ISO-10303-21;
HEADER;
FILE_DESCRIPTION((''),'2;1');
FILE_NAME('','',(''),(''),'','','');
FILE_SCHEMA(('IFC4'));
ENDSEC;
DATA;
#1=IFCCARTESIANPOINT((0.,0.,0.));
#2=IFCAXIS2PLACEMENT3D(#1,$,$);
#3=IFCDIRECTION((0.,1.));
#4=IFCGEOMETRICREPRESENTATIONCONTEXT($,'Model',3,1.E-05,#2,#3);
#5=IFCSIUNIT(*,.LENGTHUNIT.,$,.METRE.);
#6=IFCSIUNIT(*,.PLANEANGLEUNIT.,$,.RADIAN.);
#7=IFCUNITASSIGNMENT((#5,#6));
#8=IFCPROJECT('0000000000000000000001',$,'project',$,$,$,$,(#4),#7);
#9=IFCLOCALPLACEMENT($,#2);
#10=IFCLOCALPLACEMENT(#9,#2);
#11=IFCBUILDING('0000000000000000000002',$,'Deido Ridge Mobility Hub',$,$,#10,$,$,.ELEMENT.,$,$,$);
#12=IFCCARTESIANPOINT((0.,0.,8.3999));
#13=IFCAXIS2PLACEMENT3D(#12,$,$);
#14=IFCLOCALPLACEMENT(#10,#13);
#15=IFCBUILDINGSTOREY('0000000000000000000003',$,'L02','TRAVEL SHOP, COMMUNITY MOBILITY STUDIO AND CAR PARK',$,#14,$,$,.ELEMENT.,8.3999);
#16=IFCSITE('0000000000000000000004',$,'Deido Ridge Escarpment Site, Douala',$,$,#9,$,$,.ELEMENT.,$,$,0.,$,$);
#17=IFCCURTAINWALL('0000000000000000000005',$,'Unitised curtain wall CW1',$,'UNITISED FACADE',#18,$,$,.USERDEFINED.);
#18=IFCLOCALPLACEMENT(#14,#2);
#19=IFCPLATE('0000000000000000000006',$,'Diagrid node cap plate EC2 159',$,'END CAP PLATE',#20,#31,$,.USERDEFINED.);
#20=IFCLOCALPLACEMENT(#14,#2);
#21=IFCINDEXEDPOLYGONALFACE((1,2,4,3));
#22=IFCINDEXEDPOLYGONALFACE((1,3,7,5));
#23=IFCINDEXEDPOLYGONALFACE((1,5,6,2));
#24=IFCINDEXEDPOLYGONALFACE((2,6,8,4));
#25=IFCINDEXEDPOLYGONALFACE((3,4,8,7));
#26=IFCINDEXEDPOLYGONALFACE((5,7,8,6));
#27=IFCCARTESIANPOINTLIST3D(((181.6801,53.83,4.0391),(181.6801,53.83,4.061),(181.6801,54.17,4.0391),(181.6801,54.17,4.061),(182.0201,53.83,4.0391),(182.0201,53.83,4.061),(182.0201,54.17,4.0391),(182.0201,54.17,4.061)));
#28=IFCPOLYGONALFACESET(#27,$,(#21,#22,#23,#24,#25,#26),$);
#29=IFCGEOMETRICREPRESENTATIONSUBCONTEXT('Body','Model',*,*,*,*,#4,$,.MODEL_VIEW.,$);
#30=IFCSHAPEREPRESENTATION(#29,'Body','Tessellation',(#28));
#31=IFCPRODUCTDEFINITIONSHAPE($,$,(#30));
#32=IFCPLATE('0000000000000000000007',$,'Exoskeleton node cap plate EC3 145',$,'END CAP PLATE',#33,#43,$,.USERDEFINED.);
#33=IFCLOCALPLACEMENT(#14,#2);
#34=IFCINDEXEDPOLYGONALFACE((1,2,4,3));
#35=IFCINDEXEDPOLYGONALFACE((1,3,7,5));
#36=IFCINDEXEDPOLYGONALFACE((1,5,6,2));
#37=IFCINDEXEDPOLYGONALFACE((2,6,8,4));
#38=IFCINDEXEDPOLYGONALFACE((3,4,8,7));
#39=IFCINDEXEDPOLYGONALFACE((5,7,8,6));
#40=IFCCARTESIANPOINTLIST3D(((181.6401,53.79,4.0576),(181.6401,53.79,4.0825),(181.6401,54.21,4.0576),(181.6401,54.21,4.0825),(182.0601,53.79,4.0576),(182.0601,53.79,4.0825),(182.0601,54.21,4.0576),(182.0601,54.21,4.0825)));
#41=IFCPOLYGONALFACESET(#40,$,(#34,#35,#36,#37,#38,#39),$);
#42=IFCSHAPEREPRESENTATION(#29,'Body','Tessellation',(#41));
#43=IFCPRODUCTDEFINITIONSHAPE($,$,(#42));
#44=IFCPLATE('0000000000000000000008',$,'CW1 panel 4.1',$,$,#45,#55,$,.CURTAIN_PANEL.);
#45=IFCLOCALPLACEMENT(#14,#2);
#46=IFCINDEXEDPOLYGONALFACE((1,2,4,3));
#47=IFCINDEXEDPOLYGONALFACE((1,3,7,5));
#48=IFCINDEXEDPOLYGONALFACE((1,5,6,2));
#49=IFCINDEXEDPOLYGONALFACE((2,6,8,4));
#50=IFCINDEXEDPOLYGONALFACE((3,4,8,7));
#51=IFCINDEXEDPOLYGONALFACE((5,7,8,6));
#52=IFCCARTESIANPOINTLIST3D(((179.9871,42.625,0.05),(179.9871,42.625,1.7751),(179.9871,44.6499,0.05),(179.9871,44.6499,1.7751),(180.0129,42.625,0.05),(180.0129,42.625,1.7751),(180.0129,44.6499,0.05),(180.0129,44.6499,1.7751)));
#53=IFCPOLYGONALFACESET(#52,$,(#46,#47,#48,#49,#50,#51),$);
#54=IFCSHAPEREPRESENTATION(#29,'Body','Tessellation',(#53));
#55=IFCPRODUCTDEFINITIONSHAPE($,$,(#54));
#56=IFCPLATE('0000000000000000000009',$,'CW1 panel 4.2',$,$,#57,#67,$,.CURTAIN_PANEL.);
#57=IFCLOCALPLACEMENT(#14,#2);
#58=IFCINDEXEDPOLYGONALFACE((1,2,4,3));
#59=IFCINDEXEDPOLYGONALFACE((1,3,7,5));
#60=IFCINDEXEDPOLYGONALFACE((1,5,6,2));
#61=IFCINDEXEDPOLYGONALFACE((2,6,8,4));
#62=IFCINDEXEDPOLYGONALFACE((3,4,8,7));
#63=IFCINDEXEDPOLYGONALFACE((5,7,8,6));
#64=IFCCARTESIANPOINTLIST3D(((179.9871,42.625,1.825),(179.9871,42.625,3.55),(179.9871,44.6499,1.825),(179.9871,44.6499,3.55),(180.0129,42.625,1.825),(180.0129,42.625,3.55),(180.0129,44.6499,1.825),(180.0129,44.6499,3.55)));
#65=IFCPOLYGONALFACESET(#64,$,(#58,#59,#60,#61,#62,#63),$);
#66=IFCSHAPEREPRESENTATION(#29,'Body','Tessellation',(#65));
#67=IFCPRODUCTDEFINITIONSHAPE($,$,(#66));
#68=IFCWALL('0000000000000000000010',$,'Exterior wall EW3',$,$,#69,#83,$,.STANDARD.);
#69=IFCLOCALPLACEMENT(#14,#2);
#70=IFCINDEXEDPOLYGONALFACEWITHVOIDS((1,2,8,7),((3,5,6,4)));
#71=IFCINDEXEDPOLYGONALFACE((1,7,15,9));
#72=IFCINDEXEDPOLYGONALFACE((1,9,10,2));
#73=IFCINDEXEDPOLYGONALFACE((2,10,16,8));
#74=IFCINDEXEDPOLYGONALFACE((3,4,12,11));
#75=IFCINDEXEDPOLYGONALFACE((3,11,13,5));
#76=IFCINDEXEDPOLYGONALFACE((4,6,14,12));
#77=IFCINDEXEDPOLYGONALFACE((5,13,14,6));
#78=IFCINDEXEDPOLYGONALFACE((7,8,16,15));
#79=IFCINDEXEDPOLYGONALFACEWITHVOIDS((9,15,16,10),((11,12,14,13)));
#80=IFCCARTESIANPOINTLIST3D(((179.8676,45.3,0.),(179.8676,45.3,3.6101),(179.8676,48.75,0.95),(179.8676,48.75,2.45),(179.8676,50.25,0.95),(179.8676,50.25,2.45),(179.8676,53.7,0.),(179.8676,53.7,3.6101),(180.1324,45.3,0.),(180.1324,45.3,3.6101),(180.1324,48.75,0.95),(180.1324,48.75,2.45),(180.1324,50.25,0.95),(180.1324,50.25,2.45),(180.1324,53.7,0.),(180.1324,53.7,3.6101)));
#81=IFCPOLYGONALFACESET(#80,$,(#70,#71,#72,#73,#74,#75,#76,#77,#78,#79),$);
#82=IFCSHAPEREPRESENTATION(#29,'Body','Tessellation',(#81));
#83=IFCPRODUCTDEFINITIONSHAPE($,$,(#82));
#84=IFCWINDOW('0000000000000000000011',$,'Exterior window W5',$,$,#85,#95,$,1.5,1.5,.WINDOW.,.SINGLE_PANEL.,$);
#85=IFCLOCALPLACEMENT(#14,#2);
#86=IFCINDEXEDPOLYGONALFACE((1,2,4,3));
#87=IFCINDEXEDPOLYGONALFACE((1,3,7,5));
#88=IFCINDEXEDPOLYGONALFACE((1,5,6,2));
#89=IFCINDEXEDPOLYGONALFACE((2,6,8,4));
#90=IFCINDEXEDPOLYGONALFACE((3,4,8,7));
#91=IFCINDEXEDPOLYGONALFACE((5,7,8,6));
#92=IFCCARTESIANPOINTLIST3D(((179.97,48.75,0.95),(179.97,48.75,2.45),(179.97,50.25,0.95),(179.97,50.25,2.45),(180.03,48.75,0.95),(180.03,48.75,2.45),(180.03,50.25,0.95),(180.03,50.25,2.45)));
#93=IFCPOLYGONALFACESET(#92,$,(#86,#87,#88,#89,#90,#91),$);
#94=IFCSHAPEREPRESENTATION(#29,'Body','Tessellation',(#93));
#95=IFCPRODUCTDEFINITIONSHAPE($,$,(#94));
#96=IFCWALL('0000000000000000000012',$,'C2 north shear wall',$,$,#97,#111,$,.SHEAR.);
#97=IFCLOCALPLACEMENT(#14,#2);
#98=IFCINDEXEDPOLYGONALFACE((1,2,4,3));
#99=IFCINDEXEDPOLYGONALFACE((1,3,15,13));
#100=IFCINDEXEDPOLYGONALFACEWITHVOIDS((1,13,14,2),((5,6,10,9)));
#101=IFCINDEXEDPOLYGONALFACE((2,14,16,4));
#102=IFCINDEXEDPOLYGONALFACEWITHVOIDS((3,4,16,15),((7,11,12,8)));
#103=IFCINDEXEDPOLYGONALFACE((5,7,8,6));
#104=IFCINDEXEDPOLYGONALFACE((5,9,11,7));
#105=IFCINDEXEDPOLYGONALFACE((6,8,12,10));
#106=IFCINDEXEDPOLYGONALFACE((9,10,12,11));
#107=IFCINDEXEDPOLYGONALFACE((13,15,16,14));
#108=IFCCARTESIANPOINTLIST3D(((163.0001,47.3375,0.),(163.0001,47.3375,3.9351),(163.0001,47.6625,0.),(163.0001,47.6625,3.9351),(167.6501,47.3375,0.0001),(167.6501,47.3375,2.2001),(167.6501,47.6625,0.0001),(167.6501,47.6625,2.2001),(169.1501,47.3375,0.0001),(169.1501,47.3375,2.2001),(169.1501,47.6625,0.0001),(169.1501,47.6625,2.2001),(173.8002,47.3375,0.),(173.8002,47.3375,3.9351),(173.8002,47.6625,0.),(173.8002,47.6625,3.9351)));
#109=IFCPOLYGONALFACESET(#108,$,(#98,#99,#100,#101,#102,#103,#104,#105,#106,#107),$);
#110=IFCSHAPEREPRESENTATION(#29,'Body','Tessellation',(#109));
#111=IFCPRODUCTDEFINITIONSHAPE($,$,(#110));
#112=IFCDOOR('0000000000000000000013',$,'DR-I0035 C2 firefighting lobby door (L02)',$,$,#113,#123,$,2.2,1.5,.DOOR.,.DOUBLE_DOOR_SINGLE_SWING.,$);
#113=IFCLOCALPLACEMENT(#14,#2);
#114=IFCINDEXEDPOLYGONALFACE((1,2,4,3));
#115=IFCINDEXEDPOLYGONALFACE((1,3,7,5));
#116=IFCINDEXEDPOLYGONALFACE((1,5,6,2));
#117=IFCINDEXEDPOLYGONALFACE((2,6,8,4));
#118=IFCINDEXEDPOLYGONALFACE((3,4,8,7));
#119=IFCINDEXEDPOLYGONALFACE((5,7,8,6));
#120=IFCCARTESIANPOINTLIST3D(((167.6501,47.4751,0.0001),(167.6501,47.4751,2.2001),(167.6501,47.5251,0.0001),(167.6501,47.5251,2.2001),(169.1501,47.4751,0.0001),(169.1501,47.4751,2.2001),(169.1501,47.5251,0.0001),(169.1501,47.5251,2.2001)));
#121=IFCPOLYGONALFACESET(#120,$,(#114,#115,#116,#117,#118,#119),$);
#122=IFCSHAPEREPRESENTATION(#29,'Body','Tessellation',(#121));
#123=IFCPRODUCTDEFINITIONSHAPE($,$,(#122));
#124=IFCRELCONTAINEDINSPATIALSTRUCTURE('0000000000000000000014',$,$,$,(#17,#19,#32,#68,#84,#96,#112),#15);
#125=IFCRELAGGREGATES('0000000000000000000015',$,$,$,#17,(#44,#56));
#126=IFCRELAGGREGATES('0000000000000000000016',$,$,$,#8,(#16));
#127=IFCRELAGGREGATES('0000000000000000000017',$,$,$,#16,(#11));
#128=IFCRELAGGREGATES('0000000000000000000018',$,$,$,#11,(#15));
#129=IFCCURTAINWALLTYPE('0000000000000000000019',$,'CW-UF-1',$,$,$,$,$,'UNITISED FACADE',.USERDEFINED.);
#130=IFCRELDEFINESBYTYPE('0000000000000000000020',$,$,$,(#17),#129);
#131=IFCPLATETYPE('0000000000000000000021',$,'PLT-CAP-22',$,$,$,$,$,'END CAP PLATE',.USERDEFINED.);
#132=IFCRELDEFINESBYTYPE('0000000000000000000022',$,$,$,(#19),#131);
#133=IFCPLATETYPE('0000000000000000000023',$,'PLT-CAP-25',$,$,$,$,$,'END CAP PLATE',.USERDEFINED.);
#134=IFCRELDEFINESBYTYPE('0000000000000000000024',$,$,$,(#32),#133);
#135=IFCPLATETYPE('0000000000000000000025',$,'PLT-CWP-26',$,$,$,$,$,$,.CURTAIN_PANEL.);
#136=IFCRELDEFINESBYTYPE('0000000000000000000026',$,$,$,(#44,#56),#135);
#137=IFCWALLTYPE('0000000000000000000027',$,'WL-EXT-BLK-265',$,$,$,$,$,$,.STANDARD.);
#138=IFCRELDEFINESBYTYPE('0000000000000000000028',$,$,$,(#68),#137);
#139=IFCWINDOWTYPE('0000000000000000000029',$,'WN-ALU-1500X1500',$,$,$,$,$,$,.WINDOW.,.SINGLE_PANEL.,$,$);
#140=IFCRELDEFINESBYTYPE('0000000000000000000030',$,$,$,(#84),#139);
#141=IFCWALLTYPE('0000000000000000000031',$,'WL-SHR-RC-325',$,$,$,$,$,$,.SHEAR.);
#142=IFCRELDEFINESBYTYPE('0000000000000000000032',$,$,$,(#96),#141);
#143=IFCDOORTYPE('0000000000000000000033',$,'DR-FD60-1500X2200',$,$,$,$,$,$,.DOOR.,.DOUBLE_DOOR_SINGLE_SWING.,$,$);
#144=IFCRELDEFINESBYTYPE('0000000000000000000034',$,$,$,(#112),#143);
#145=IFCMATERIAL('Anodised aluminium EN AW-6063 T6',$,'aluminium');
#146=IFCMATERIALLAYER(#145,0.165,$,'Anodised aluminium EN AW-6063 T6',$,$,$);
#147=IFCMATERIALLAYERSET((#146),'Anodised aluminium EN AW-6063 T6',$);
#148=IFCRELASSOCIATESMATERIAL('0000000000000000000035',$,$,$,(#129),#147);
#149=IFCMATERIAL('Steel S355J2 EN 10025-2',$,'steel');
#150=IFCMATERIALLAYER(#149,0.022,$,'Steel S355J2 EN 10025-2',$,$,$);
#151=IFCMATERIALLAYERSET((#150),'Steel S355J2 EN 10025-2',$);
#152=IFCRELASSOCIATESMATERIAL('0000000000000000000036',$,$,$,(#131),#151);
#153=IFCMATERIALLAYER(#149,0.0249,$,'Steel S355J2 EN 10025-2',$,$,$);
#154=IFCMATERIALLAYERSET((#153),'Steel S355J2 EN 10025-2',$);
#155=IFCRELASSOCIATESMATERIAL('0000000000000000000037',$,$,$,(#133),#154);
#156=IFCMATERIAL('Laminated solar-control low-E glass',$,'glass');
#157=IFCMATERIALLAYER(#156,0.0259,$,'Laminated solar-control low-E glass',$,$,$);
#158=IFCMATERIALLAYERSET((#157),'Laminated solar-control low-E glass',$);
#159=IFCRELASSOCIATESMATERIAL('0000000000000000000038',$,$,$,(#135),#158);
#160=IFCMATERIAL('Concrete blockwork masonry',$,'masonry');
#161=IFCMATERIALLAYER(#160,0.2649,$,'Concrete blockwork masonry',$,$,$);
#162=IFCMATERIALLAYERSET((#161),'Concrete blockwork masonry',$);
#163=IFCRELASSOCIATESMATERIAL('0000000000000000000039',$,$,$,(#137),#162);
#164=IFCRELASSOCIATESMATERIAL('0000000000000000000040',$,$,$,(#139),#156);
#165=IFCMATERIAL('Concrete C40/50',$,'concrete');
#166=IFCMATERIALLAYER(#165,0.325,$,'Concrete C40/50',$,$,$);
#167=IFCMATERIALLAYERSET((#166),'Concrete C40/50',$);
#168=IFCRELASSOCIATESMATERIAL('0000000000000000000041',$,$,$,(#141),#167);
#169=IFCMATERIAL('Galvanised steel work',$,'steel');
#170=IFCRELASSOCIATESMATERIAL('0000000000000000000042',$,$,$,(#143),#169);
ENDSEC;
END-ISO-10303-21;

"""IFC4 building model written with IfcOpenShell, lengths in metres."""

from ifc_helpers import new_model, si_unit, direction, frame, frame_2d, origin, origin_2d, place, context, subcontext, project, spatial, rectangle, extrude, material, layer, layer_set, type_object, element, fill, aggregate, save


model = new_model("IFC4")

# Units and contexts
model_context = context("Model", 3, precision=1e-05, world=origin(), true_north=direction((0.0, 1.0)))
body_context = subcontext(model_context, "Body", "Model", "MODEL_VIEW")
ifc_project = project(units=[si_unit("LENGTHUNIT", "METRE"), si_unit("PLANEANGLEUNIT", "RADIAN")], contexts=[model_context])

# Site, building, storey
site_placement = place(None, origin())
site = spatial("IfcSite", under=ifc_project, at=site_placement, Name="Deido Ridge Escarpment Site, Douala", CompositionType="ELEMENT", RefElevation=0.0)
building_placement = place(site_placement, origin())
building = spatial("IfcBuilding", under=site, at=building_placement, Name="Deido Ridge Mobility Hub", CompositionType="ELEMENT")
storey_placement = place(building_placement, frame((0.0, 0.0, 8.3999)))
storey = spatial("IfcBuildingStorey", under=building, at=storey_placement, Name="L02", Description="TRAVEL SHOP, COMMUNITY MOBILITY STUDIO AND CAR PARK", CompositionType="ELEMENT", Elevation=8.3999)

# Shared definitions
ifc_material_1 = material(Name="Steel S355J2 EN 10025-2", Category="steel")

# Curtain wall
ifc_material_2 = material(Name="Anodised aluminium EN AW-6063 T6", Category="aluminium")
ifc_layer_1 = layer(ifc_material_2, 0.165, Name="Anodised aluminium EN AW-6063 T6")
ifc_layer_set_1 = layer_set([ifc_layer_1], Name="Anodised aluminium EN AW-6063 T6")
curtain_wall_type = type_object("IfcCurtainWallType", Name="CW-UF-1", ElementType="UNITISED FACADE", PredefinedType="USERDEFINED", material=ifc_layer_set_1)
curtain_wall_placement = place(storey_placement, origin())
curtain_wall = element("IfcCurtainWall", 1, at=curtain_wall_placement, inside=storey, type_object=curtain_wall_type, Name="Unitised curtain wall CW1", ObjectType="UNITISED FACADE", PredefinedType="USERDEFINED")

# Plates
ifc_layer_2 = layer(ifc_material_1, 0.022, Name="Steel S355J2 EN 10025-2")
ifc_layer_set_2 = layer_set([ifc_layer_2], Name="Steel S355J2 EN 10025-2")
plate_type_1 = type_object("IfcPlateType", Name="PLT-CAP-22", ElementType="END CAP PLATE", PredefinedType="USERDEFINED", material=ifc_layer_set_2)
plate_1_placement = place(storey_placement, frame((181.8501, 54.0, 4.0391), z_axis=(0.0, 0.0, 1.0), x_axis=(1.0, 0.0, 0.0)))
element("IfcPlate", 2, at=plate_1_placement, inside=storey, type_object=plate_type_1, Name="Diagrid node cap plate EC2 159", ObjectType="END CAP PLATE", PredefinedType="USERDEFINED", context=body_context, shape_type="SweptSolid", body=[
    extrude(rectangle(XDim=0.3401, YDim=0.3401, at=origin_2d()), origin(), (0.0, 0.0, 1.0), 0.022),
])
ifc_layer_3 = layer(ifc_material_1, 0.0249, Name="Steel S355J2 EN 10025-2")
ifc_layer_set_3 = layer_set([ifc_layer_3], Name="Steel S355J2 EN 10025-2")
plate_type_2 = type_object("IfcPlateType", Name="PLT-CAP-25", ElementType="END CAP PLATE", PredefinedType="USERDEFINED", material=ifc_layer_set_3)
plate_2_placement = place(storey_placement, frame((181.8501, 54.0, 4.0576), z_axis=(0.0, 0.0, 1.0), x_axis=(1.0, 0.0, 0.0)))
element("IfcPlate", 3, at=plate_2_placement, inside=storey, type_object=plate_type_2, Name="Exoskeleton node cap plate EC3 145", ObjectType="END CAP PLATE", PredefinedType="USERDEFINED", context=body_context, shape_type="SweptSolid", body=[
    extrude(rectangle(XDim=0.4199, YDim=0.4199, at=origin_2d()), origin(), (0.0, 0.0, 1.0), 0.0249),
])

# Plates
ifc_material_3 = material(Name="Laminated solar-control low-E glass", Category="glass")
ifc_layer_4 = layer(ifc_material_3, 0.0259, Name="Laminated solar-control low-E glass")
ifc_layer_set_4 = layer_set([ifc_layer_4], Name="Laminated solar-control low-E glass")
plate_type_3 = type_object("IfcPlateType", Name="PLT-CWP-26", PredefinedType="CURTAIN_PANEL", material=ifc_layer_set_4)
plate_3_placement = place(storey_placement, frame((180.0, 43.6375, 0.05), z_axis=(0.0, 0.0, 1.0), x_axis=(0.0, 1.0, 0.0)))
plate_3 = element("IfcPlate", 4, at=plate_3_placement, type_object=plate_type_3, Name="CW1 panel 4.1", PredefinedType="CURTAIN_PANEL", context=body_context, shape_type="SweptSolid", body=[
    extrude(rectangle(XDim=2.0249, YDim=0.0259, at=origin_2d()), origin(), (0.0, 0.0, 1.0), 1.7251),
])
plate_4_placement = place(storey_placement, frame((180.0, 43.6375, 1.825), z_axis=(0.0, 0.0, 1.0), x_axis=(0.0, 1.0, 0.0)))
plate_4 = element("IfcPlate", 5, at=plate_4_placement, type_object=plate_type_3, Name="CW1 panel 4.2", PredefinedType="CURTAIN_PANEL", context=body_context, shape_type="SweptSolid", body=[
    extrude(rectangle(XDim=2.0249, YDim=0.0259, at=origin_2d()), origin(), (0.0, 0.0, 1.0), 1.7251),
])
aggregate(curtain_wall, [plate_3, plate_4])

# Wall, opening, window
ifc_material_4 = material(Name="Concrete blockwork masonry", Category="masonry")
ifc_layer_5 = layer(ifc_material_4, 0.2649, Name="Concrete blockwork masonry")
ifc_layer_set_5 = layer_set([ifc_layer_5], Name="Concrete blockwork masonry")
wall_type_1 = type_object("IfcWallType", Name="WL-EXT-BLK-265", PredefinedType="STANDARD", material=ifc_layer_set_5)
wall_1_placement = place(storey_placement, frame((180.0, 45.3, 0.0), z_axis=(0.0, 0.0, 1.0), x_axis=(0.0, 1.0, 0.0)))
wall_1 = element("IfcWall", 6, at=wall_1_placement, inside=storey, type_object=wall_type_1, Name="Exterior wall EW3", PredefinedType="STANDARD", context=body_context, shape_type="SweptSolid", body=[
    extrude(rectangle(XDim=8.3999, YDim=0.2649, at=frame_2d((4.2, 0.0))), origin(), (0.0, 0.0, 1.0), 3.6101),
])
opening_1_placement = place(wall_1_placement, frame((3.45, 0.0, 0.95)))
opening_1 = element("IfcOpeningElement", 7, at=opening_1_placement, cuts=wall_1, PredefinedType="OPENING", context=body_context, shape_type="SweptSolid", body=[
    extrude(rectangle(XDim=1.5, YDim=1.5, at=frame_2d((0.75, 0.75))), frame((0.0, 0.1426, 0.0), z_axis=(0.0, -1.0, 0.0), x_axis=(1.0, 0.0, 0.0)), (0.0, 0.0, 1.0), 0.2849),
])
window_type = type_object("IfcWindowType", Name="WN-ALU-1500X1500", PartitioningType="SINGLE_PANEL", PredefinedType="WINDOW", material=ifc_material_3)
window_placement = place(opening_1_placement, origin())
window = element("IfcWindow", 8, at=window_placement, inside=storey, type_object=window_type, Name="Exterior window W5", OverallHeight=1.5, OverallWidth=1.5, PartitioningType="SINGLE_PANEL", PredefinedType="WINDOW", context=body_context, shape_type="SweptSolid", body=[
    extrude(rectangle(XDim=1.5, YDim=1.5, at=frame_2d((0.75, 0.75))), frame((0.0, 0.03, 0.0), z_axis=(0.0, -1.0, 0.0), x_axis=(1.0, 0.0, 0.0)), (0.0, 0.0, 1.0), 0.0601),
])
fill(opening_1, window)

# Wall, opening, door
ifc_material_5 = material(Name="Concrete C40/50", Category="concrete")
ifc_layer_6 = layer(ifc_material_5, 0.325, Name="Concrete C40/50")
ifc_layer_set_6 = layer_set([ifc_layer_6], Name="Concrete C40/50")
wall_type_2 = type_object("IfcWallType", Name="WL-SHR-RC-325", PredefinedType="SHEAR", material=ifc_layer_set_6)
wall_2_placement = place(storey_placement, frame((173.8, 47.5, 0.0), z_axis=(0.0, 0.0, 1.0), x_axis=(-1.0, 0.0, 0.0)))
wall_2 = element("IfcWall", 9, at=wall_2_placement, inside=storey, type_object=wall_type_2, Name="C2 north shear wall", PredefinedType="SHEAR", context=body_context, shape_type="SweptSolid", body=[
    extrude(rectangle(XDim=10.8, YDim=0.325, at=frame_2d((5.3999, 0.0))), origin(), (0.0, 0.0, 1.0), 3.9351),
])
opening_2_placement = place(wall_2_placement, frame((4.6499, 0.0, 0.0)))
opening_2 = element("IfcOpeningElement", 10, at=opening_2_placement, cuts=wall_2, PredefinedType="OPENING", context=body_context, shape_type="SweptSolid", body=[
    extrude(rectangle(XDim=1.5, YDim=2.2, at=frame_2d((0.75, 1.1001))), frame((0.0, 0.1724, 0.0), z_axis=(0.0, -1.0, 0.0), x_axis=(1.0, 0.0, 0.0)), (0.0, 0.0, 1.0), 0.345),
])
ifc_material_6 = material(Name="Galvanised steel work", Category="steel")
door_type = type_object("IfcDoorType", Name="DR-FD60-1500X2200", OperationType="DOUBLE_DOOR_SINGLE_SWING", PredefinedType="DOOR", material=ifc_material_6)
door_placement = place(opening_2_placement, origin())
door = element("IfcDoor", 11, at=door_placement, inside=storey, type_object=door_type, Name="DR-I0035 C2 firefighting lobby door (L02)", OperationType="DOUBLE_DOOR_SINGLE_SWING", OverallHeight=2.2, OverallWidth=1.5, PredefinedType="DOOR", context=body_context, shape_type="SweptSolid", body=[
    extrude(rectangle(XDim=1.5, YDim=2.2, at=frame_2d((0.75, 1.1001))), frame((0.0, 0.0249, 0.0), z_axis=(0.0, -1.0, 0.0), x_axis=(1.0, 0.0, 0.0)), (0.0, 0.0, 1.0), 0.05),
])
fill(opening_2, door)

save(model, "model.ifc")
